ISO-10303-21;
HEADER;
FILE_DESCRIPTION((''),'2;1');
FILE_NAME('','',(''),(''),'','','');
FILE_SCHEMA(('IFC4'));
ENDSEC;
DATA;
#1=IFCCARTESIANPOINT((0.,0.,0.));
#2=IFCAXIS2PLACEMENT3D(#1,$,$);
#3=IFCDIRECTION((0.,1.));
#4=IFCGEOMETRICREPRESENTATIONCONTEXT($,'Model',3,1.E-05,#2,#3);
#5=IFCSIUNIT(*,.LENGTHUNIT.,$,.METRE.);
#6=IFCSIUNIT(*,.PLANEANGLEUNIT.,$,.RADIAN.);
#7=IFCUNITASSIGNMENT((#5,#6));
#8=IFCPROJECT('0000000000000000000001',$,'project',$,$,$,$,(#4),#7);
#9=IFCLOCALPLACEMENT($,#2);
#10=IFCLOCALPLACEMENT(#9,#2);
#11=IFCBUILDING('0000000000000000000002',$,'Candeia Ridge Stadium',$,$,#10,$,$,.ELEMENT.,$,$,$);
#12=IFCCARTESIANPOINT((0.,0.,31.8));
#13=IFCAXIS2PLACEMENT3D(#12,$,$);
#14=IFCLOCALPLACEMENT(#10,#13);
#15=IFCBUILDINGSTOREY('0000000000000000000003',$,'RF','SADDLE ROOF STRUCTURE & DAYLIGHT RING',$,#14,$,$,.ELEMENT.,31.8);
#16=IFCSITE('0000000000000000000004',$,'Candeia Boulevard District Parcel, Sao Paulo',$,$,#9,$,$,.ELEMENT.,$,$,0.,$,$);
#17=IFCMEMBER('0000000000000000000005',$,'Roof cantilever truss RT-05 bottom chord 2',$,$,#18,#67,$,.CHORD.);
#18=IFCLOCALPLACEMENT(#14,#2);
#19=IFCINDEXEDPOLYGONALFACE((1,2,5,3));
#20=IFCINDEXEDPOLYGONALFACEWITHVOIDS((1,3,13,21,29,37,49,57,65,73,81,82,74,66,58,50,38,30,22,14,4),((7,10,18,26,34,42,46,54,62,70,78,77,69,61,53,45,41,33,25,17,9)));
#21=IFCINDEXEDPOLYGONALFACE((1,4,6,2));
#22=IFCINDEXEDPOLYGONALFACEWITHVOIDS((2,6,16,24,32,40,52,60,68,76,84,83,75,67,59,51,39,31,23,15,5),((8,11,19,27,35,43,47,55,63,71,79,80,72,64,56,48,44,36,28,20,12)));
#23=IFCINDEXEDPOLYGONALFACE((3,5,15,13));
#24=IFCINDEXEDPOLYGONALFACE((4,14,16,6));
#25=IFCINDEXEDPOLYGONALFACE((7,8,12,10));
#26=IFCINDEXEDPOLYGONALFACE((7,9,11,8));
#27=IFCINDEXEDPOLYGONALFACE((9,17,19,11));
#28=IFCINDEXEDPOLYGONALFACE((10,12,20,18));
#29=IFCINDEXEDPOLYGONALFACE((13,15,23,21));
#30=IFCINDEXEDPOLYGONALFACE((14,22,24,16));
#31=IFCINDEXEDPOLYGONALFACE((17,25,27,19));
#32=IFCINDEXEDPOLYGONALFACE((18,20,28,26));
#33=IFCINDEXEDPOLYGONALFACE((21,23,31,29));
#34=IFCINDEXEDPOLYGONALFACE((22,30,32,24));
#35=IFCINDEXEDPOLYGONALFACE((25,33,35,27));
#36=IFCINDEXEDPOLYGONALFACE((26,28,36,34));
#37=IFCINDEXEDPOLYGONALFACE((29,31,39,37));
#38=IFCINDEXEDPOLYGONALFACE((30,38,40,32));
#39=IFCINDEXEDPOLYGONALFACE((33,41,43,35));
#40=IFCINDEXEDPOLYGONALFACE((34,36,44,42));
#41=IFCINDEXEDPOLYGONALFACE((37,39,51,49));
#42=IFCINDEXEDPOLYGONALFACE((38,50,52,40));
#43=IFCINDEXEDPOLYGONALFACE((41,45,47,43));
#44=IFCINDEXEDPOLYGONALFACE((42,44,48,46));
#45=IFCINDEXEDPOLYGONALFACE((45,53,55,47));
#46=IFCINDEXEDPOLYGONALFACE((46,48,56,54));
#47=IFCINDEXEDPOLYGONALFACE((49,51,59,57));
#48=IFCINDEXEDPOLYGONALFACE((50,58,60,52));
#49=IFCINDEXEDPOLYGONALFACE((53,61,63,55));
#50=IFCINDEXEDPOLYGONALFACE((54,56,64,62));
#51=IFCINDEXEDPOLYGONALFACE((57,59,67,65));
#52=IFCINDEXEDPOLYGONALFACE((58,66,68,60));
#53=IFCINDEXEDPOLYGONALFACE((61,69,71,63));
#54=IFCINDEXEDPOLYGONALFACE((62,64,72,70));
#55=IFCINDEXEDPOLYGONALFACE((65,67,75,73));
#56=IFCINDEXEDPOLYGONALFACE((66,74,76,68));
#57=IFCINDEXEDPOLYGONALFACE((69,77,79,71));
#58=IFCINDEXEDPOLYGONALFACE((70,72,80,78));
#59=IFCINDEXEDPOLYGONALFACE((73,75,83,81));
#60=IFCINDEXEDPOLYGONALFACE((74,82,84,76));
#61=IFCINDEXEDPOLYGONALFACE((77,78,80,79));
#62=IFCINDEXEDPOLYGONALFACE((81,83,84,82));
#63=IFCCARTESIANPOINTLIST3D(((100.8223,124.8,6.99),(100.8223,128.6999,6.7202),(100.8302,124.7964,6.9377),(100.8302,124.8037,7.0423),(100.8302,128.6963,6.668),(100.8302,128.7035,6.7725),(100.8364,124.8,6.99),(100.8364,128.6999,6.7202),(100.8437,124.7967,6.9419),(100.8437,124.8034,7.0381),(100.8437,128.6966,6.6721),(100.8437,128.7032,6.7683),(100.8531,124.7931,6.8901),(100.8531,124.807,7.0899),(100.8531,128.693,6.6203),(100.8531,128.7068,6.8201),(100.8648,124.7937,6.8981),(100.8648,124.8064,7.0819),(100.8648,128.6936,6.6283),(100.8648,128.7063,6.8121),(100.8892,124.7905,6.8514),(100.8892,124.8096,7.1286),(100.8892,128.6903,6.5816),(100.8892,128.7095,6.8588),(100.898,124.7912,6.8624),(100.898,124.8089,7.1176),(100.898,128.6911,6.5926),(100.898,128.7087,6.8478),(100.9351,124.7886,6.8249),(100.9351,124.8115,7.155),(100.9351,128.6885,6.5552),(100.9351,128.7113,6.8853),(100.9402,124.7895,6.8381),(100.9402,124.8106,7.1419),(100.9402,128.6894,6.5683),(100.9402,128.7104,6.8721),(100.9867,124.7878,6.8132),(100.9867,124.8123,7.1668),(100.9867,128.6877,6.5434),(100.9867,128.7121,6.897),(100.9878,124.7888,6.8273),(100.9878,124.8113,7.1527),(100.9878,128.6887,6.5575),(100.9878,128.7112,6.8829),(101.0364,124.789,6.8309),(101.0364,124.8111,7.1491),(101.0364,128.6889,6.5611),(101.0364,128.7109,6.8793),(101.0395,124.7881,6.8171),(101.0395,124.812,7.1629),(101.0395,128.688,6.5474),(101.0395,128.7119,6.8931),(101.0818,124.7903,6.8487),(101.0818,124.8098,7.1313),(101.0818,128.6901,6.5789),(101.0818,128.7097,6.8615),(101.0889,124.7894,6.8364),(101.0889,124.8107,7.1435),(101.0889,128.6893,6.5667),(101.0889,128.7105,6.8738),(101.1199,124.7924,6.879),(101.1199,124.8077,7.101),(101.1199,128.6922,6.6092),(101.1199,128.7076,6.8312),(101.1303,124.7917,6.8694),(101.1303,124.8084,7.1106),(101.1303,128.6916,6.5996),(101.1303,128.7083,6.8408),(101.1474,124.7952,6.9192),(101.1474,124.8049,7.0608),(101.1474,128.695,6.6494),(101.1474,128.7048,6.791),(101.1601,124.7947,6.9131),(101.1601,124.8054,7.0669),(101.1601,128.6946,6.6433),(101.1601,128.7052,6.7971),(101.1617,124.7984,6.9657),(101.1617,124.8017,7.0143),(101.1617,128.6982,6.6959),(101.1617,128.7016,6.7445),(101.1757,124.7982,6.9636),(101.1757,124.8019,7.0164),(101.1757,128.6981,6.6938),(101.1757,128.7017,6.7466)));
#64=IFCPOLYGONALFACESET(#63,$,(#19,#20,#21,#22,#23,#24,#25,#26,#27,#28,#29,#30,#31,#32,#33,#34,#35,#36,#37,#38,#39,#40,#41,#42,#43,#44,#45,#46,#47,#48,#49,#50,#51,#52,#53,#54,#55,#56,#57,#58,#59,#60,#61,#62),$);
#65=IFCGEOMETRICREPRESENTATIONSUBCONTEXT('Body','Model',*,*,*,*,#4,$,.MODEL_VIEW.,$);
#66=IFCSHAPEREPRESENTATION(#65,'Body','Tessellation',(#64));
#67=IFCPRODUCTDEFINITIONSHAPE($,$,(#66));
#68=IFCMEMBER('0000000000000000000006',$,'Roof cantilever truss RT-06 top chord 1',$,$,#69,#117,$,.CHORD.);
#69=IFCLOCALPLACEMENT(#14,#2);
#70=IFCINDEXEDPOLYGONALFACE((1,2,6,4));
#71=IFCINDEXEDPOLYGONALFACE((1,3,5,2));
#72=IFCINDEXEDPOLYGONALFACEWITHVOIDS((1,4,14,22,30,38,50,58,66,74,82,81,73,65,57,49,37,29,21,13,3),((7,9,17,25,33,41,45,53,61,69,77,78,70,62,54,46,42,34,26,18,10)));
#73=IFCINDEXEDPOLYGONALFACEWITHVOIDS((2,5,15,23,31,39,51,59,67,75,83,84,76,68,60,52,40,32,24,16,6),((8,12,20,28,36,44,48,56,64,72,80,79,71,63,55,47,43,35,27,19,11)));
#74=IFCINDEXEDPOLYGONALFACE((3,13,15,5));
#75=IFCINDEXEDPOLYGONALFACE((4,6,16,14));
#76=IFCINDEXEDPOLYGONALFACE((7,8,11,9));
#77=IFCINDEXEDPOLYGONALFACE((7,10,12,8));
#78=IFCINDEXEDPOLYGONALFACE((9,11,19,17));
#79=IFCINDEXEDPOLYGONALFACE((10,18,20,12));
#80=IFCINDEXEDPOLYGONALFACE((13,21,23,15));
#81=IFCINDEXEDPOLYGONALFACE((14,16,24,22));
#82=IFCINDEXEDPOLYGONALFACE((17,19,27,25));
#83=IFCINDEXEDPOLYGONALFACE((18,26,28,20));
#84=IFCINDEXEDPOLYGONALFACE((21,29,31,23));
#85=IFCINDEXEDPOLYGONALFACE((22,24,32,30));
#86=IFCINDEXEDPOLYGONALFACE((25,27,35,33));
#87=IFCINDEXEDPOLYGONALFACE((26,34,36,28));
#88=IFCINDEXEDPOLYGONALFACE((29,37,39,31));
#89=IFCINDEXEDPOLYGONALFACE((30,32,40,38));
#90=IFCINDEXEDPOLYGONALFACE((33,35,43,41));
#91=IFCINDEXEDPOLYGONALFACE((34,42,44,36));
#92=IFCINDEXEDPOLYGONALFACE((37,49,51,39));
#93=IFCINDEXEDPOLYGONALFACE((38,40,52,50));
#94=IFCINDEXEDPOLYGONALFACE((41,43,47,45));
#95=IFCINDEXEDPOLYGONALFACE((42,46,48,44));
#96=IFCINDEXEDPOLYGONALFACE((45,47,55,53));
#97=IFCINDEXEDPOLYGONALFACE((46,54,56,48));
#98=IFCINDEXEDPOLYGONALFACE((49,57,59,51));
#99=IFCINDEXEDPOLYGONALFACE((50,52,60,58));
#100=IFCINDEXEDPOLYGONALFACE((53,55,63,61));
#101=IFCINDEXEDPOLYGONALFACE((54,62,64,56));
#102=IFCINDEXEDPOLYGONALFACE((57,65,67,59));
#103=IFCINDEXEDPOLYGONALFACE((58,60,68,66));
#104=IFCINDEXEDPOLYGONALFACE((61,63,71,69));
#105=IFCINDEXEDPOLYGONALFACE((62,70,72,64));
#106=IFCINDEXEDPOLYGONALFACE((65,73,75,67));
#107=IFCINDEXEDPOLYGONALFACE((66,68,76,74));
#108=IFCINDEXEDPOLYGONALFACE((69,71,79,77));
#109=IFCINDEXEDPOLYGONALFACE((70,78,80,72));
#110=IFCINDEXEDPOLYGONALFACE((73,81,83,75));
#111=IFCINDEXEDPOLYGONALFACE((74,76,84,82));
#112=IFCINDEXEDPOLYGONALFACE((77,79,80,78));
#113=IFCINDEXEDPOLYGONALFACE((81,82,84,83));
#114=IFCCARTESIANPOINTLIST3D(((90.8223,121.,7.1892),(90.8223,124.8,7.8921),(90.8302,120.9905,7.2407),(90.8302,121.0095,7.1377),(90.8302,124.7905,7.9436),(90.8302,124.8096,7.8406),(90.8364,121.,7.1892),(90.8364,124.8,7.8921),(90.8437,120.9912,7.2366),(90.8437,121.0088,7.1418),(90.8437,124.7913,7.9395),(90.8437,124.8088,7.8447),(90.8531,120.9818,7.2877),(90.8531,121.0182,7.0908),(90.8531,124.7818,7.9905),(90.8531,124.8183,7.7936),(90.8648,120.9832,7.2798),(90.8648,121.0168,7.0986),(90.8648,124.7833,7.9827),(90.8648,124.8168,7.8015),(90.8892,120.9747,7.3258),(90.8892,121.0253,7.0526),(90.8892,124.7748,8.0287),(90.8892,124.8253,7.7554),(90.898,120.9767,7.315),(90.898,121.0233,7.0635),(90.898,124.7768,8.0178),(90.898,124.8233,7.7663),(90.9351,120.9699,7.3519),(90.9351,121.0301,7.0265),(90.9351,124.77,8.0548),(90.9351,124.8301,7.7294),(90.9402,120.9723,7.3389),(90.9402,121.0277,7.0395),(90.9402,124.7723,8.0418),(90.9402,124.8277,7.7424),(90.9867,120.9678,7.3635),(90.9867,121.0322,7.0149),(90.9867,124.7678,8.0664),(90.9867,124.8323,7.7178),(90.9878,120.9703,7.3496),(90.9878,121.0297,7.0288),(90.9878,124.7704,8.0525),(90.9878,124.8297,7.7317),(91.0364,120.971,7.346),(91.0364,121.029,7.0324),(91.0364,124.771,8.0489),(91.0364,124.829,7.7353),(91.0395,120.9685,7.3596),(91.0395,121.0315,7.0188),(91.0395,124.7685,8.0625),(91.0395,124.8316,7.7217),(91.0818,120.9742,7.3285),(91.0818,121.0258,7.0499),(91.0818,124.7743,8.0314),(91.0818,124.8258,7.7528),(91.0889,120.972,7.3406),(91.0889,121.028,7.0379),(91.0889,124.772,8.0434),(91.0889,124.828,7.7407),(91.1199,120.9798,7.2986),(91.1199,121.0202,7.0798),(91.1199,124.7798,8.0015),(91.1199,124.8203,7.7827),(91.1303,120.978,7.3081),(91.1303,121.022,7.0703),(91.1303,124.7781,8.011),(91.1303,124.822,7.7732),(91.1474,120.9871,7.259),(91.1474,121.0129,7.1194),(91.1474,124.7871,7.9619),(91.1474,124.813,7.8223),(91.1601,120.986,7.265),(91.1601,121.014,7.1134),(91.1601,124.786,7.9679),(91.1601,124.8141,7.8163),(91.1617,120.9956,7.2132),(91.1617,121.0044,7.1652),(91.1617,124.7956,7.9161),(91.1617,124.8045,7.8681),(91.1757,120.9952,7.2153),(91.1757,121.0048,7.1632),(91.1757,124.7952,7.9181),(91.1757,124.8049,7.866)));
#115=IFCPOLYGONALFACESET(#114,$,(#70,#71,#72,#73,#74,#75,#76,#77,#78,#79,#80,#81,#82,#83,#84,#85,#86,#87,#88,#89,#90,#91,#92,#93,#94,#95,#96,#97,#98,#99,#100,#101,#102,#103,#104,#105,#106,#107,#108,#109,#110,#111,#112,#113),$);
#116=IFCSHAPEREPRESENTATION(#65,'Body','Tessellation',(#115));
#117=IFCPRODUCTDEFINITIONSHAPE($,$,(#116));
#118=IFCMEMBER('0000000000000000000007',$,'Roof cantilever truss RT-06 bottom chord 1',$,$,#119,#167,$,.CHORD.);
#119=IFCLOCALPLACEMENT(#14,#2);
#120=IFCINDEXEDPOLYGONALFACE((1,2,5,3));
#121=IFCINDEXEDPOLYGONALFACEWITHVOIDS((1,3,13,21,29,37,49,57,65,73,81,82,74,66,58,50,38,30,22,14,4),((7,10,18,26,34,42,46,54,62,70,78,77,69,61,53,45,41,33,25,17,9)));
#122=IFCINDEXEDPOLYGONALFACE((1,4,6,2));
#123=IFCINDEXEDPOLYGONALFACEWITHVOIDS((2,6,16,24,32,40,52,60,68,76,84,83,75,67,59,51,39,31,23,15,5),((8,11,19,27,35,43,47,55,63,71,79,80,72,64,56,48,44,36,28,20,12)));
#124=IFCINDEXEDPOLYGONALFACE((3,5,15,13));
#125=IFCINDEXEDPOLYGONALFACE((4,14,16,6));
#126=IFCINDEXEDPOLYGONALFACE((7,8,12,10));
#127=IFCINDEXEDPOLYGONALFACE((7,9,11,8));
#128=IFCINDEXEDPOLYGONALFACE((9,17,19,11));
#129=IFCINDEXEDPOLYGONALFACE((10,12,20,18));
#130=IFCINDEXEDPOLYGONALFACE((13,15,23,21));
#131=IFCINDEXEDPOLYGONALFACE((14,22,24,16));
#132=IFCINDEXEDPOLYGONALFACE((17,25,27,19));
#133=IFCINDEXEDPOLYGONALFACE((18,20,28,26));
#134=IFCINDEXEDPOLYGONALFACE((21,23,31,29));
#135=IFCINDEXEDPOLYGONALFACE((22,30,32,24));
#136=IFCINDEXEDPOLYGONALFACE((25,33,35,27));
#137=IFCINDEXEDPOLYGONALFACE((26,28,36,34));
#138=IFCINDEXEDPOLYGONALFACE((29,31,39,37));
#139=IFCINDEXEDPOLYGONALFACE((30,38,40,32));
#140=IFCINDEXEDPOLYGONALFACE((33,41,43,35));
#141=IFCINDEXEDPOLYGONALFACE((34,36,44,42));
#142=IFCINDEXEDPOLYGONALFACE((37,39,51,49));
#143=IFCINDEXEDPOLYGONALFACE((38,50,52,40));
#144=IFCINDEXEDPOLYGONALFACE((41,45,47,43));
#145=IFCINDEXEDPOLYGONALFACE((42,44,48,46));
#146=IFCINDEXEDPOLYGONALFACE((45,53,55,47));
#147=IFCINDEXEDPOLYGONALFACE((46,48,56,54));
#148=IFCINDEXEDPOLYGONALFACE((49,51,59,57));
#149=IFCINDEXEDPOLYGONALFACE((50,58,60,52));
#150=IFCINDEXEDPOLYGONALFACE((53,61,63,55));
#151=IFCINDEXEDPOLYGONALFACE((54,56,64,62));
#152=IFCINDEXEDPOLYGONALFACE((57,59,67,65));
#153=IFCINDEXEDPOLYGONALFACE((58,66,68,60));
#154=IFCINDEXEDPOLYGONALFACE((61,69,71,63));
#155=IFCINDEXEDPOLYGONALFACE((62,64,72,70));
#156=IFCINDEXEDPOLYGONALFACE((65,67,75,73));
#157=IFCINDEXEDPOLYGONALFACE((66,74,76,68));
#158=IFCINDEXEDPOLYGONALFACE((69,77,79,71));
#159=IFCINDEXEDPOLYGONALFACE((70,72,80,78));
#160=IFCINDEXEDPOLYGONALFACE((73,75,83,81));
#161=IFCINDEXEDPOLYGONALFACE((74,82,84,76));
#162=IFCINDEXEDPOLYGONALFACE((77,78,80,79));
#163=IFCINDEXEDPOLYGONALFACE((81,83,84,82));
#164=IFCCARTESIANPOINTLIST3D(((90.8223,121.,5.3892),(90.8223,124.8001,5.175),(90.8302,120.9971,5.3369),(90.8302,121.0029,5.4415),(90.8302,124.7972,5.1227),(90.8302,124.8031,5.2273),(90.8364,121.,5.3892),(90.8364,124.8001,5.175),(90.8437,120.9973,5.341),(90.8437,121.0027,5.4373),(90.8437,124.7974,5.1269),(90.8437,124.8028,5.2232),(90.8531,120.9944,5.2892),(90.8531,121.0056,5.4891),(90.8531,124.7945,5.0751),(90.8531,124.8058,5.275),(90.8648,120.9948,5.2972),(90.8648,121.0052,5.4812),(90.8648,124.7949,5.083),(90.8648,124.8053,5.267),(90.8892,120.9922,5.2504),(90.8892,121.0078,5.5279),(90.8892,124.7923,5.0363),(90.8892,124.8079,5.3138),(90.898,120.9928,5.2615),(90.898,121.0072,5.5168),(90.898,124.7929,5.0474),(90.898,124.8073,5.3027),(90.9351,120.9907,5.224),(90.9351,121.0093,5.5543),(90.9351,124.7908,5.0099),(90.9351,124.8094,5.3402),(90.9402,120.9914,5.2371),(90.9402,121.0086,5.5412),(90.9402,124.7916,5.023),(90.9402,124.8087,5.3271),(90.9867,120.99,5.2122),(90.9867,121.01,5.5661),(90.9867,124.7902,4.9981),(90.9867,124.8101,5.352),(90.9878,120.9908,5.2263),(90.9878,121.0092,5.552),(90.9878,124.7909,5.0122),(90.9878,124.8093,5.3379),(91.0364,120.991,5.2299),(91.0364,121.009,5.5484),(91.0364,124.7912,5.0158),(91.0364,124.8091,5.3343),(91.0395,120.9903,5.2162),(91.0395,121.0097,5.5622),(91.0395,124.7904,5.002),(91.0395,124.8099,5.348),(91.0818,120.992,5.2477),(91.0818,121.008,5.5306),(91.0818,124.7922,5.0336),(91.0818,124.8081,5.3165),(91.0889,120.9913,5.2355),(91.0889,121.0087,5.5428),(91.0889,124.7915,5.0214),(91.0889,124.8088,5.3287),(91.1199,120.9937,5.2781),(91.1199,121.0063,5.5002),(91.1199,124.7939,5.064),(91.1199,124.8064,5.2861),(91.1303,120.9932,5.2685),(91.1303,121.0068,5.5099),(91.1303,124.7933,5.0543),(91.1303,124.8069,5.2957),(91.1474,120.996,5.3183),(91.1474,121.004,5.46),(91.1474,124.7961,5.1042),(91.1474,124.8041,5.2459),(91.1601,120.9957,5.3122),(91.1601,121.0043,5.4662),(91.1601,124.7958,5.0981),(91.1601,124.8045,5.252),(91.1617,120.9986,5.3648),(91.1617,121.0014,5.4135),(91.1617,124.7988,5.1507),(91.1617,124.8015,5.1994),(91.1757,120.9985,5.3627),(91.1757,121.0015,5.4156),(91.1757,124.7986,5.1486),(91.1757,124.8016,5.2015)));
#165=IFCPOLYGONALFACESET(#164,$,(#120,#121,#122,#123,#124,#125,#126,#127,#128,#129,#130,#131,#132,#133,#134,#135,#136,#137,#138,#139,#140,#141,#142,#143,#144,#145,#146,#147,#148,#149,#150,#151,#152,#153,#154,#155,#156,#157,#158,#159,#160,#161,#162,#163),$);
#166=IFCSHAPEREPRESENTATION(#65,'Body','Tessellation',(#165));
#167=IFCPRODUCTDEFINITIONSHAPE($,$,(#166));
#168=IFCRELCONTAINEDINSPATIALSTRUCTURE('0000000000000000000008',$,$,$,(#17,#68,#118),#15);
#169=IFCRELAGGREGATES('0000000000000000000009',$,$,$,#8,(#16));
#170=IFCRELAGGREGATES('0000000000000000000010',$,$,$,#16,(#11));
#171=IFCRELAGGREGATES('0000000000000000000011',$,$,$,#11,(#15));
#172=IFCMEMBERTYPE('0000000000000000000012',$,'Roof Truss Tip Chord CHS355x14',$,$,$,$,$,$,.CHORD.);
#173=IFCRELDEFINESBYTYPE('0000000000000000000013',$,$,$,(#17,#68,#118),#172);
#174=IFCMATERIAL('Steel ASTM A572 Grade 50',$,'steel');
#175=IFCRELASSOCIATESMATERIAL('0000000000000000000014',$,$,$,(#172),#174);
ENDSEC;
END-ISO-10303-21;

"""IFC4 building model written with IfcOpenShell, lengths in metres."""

from ifc_helpers import new_model, si_unit, direction, frame, origin, origin_2d, place, context, subcontext, project, spatial, hollow_circle, extrude, material, material_profile, profile_set, type_object, element, save


model = new_model("IFC4")

# Units and contexts
model_context = context("Model", 3, precision=1e-05, world=origin(), true_north=direction((0.0, 1.0)))
body_context = subcontext(model_context, "Body", "Model", "MODEL_VIEW")
ifc_project = project(units=[si_unit("LENGTHUNIT", "METRE"), si_unit("PLANEANGLEUNIT", "RADIAN")], contexts=[model_context])

# Site, building, storey
site_placement = place(None, origin())
site = spatial("IfcSite", under=ifc_project, at=site_placement, Name="Candeia Boulevard District Parcel, Sao Paulo", CompositionType="ELEMENT", RefElevation=0.0)
building_placement = place(site_placement, origin())
building = spatial("IfcBuilding", under=site, at=building_placement, Name="Candeia Ridge Stadium", CompositionType="ELEMENT")
storey_placement = place(building_placement, frame((0.0, 0.0, 31.8)))
storey = spatial("IfcBuildingStorey", under=building, at=storey_placement, Name="RF", Description="SADDLE ROOF STRUCTURE & DAYLIGHT RING", CompositionType="ELEMENT", Elevation=31.8)

# Shared definitions
ifc_material_1 = material(Name="Steel ASTM A572 Grade 50", Category="steel")

# Members
ifc_material_profile_1 = material_profile(ifc_material_1, hollow_circle(Radius=0.1777, WallThickness=0.0142, at=origin_2d()), Name="CHS355x14", Category="steel")
ifc_profile_set_1 = profile_set([ifc_material_profile_1], Name="Steel ASTM A572 Grade 50")
member_type_1 = type_object("IfcMemberType", Name="Roof Truss Tip Chord CHS355x14", PredefinedType="CHORD", material=ifc_profile_set_1)
member_1_placement = place(storey_placement, frame((101.0, 124.8, 6.99), z_axis=(0.0, 0.997616, -0.06901), x_axis=(-1.0, 0.0, 0.0)))
element("IfcMember", 1, at=member_1_placement, inside=storey, type_object=member_type_1, Name="Roof cantilever truss RT-05 bottom chord 2", PredefinedType="CHORD", context=body_context, shape_type="SweptSolid", body=[
    extrude(hollow_circle(Radius=0.1777, WallThickness=0.0142, at=origin_2d()), origin(), (0.0, 0.0, 1.0), 3.9092),
])
member_2_placement = place(storey_placement, frame((91.0, 121.0, 7.1892), z_axis=(0.0, 0.983321, 0.181881), x_axis=(-1.0, 0.0, 0.0)))
element("IfcMember", 2, at=member_2_placement, inside=storey, type_object=member_type_1, Name="Roof cantilever truss RT-06 top chord 1", PredefinedType="CHORD", context=body_context, shape_type="SweptSolid", body=[
    extrude(hollow_circle(Radius=0.1777, WallThickness=0.0142, at=origin_2d()), origin(), (0.0, 0.0, 1.0), 3.8645),
])
member_3_placement = place(storey_placement, frame((91.0, 121.0, 5.3892), z_axis=(0.0, 0.998416, -0.056255), x_axis=(-1.0, 0.0, 0.0)))
element("IfcMember", 3, at=member_3_placement, inside=storey, type_object=member_type_1, Name="Roof cantilever truss RT-06 bottom chord 1", PredefinedType="CHORD", context=body_context, shape_type="SweptSolid", body=[
    extrude(hollow_circle(Radius=0.1777, WallThickness=0.0142, at=origin_2d()), origin(), (0.0, 0.0, 1.0), 3.8062),
])

save(model, "model.ifc")
